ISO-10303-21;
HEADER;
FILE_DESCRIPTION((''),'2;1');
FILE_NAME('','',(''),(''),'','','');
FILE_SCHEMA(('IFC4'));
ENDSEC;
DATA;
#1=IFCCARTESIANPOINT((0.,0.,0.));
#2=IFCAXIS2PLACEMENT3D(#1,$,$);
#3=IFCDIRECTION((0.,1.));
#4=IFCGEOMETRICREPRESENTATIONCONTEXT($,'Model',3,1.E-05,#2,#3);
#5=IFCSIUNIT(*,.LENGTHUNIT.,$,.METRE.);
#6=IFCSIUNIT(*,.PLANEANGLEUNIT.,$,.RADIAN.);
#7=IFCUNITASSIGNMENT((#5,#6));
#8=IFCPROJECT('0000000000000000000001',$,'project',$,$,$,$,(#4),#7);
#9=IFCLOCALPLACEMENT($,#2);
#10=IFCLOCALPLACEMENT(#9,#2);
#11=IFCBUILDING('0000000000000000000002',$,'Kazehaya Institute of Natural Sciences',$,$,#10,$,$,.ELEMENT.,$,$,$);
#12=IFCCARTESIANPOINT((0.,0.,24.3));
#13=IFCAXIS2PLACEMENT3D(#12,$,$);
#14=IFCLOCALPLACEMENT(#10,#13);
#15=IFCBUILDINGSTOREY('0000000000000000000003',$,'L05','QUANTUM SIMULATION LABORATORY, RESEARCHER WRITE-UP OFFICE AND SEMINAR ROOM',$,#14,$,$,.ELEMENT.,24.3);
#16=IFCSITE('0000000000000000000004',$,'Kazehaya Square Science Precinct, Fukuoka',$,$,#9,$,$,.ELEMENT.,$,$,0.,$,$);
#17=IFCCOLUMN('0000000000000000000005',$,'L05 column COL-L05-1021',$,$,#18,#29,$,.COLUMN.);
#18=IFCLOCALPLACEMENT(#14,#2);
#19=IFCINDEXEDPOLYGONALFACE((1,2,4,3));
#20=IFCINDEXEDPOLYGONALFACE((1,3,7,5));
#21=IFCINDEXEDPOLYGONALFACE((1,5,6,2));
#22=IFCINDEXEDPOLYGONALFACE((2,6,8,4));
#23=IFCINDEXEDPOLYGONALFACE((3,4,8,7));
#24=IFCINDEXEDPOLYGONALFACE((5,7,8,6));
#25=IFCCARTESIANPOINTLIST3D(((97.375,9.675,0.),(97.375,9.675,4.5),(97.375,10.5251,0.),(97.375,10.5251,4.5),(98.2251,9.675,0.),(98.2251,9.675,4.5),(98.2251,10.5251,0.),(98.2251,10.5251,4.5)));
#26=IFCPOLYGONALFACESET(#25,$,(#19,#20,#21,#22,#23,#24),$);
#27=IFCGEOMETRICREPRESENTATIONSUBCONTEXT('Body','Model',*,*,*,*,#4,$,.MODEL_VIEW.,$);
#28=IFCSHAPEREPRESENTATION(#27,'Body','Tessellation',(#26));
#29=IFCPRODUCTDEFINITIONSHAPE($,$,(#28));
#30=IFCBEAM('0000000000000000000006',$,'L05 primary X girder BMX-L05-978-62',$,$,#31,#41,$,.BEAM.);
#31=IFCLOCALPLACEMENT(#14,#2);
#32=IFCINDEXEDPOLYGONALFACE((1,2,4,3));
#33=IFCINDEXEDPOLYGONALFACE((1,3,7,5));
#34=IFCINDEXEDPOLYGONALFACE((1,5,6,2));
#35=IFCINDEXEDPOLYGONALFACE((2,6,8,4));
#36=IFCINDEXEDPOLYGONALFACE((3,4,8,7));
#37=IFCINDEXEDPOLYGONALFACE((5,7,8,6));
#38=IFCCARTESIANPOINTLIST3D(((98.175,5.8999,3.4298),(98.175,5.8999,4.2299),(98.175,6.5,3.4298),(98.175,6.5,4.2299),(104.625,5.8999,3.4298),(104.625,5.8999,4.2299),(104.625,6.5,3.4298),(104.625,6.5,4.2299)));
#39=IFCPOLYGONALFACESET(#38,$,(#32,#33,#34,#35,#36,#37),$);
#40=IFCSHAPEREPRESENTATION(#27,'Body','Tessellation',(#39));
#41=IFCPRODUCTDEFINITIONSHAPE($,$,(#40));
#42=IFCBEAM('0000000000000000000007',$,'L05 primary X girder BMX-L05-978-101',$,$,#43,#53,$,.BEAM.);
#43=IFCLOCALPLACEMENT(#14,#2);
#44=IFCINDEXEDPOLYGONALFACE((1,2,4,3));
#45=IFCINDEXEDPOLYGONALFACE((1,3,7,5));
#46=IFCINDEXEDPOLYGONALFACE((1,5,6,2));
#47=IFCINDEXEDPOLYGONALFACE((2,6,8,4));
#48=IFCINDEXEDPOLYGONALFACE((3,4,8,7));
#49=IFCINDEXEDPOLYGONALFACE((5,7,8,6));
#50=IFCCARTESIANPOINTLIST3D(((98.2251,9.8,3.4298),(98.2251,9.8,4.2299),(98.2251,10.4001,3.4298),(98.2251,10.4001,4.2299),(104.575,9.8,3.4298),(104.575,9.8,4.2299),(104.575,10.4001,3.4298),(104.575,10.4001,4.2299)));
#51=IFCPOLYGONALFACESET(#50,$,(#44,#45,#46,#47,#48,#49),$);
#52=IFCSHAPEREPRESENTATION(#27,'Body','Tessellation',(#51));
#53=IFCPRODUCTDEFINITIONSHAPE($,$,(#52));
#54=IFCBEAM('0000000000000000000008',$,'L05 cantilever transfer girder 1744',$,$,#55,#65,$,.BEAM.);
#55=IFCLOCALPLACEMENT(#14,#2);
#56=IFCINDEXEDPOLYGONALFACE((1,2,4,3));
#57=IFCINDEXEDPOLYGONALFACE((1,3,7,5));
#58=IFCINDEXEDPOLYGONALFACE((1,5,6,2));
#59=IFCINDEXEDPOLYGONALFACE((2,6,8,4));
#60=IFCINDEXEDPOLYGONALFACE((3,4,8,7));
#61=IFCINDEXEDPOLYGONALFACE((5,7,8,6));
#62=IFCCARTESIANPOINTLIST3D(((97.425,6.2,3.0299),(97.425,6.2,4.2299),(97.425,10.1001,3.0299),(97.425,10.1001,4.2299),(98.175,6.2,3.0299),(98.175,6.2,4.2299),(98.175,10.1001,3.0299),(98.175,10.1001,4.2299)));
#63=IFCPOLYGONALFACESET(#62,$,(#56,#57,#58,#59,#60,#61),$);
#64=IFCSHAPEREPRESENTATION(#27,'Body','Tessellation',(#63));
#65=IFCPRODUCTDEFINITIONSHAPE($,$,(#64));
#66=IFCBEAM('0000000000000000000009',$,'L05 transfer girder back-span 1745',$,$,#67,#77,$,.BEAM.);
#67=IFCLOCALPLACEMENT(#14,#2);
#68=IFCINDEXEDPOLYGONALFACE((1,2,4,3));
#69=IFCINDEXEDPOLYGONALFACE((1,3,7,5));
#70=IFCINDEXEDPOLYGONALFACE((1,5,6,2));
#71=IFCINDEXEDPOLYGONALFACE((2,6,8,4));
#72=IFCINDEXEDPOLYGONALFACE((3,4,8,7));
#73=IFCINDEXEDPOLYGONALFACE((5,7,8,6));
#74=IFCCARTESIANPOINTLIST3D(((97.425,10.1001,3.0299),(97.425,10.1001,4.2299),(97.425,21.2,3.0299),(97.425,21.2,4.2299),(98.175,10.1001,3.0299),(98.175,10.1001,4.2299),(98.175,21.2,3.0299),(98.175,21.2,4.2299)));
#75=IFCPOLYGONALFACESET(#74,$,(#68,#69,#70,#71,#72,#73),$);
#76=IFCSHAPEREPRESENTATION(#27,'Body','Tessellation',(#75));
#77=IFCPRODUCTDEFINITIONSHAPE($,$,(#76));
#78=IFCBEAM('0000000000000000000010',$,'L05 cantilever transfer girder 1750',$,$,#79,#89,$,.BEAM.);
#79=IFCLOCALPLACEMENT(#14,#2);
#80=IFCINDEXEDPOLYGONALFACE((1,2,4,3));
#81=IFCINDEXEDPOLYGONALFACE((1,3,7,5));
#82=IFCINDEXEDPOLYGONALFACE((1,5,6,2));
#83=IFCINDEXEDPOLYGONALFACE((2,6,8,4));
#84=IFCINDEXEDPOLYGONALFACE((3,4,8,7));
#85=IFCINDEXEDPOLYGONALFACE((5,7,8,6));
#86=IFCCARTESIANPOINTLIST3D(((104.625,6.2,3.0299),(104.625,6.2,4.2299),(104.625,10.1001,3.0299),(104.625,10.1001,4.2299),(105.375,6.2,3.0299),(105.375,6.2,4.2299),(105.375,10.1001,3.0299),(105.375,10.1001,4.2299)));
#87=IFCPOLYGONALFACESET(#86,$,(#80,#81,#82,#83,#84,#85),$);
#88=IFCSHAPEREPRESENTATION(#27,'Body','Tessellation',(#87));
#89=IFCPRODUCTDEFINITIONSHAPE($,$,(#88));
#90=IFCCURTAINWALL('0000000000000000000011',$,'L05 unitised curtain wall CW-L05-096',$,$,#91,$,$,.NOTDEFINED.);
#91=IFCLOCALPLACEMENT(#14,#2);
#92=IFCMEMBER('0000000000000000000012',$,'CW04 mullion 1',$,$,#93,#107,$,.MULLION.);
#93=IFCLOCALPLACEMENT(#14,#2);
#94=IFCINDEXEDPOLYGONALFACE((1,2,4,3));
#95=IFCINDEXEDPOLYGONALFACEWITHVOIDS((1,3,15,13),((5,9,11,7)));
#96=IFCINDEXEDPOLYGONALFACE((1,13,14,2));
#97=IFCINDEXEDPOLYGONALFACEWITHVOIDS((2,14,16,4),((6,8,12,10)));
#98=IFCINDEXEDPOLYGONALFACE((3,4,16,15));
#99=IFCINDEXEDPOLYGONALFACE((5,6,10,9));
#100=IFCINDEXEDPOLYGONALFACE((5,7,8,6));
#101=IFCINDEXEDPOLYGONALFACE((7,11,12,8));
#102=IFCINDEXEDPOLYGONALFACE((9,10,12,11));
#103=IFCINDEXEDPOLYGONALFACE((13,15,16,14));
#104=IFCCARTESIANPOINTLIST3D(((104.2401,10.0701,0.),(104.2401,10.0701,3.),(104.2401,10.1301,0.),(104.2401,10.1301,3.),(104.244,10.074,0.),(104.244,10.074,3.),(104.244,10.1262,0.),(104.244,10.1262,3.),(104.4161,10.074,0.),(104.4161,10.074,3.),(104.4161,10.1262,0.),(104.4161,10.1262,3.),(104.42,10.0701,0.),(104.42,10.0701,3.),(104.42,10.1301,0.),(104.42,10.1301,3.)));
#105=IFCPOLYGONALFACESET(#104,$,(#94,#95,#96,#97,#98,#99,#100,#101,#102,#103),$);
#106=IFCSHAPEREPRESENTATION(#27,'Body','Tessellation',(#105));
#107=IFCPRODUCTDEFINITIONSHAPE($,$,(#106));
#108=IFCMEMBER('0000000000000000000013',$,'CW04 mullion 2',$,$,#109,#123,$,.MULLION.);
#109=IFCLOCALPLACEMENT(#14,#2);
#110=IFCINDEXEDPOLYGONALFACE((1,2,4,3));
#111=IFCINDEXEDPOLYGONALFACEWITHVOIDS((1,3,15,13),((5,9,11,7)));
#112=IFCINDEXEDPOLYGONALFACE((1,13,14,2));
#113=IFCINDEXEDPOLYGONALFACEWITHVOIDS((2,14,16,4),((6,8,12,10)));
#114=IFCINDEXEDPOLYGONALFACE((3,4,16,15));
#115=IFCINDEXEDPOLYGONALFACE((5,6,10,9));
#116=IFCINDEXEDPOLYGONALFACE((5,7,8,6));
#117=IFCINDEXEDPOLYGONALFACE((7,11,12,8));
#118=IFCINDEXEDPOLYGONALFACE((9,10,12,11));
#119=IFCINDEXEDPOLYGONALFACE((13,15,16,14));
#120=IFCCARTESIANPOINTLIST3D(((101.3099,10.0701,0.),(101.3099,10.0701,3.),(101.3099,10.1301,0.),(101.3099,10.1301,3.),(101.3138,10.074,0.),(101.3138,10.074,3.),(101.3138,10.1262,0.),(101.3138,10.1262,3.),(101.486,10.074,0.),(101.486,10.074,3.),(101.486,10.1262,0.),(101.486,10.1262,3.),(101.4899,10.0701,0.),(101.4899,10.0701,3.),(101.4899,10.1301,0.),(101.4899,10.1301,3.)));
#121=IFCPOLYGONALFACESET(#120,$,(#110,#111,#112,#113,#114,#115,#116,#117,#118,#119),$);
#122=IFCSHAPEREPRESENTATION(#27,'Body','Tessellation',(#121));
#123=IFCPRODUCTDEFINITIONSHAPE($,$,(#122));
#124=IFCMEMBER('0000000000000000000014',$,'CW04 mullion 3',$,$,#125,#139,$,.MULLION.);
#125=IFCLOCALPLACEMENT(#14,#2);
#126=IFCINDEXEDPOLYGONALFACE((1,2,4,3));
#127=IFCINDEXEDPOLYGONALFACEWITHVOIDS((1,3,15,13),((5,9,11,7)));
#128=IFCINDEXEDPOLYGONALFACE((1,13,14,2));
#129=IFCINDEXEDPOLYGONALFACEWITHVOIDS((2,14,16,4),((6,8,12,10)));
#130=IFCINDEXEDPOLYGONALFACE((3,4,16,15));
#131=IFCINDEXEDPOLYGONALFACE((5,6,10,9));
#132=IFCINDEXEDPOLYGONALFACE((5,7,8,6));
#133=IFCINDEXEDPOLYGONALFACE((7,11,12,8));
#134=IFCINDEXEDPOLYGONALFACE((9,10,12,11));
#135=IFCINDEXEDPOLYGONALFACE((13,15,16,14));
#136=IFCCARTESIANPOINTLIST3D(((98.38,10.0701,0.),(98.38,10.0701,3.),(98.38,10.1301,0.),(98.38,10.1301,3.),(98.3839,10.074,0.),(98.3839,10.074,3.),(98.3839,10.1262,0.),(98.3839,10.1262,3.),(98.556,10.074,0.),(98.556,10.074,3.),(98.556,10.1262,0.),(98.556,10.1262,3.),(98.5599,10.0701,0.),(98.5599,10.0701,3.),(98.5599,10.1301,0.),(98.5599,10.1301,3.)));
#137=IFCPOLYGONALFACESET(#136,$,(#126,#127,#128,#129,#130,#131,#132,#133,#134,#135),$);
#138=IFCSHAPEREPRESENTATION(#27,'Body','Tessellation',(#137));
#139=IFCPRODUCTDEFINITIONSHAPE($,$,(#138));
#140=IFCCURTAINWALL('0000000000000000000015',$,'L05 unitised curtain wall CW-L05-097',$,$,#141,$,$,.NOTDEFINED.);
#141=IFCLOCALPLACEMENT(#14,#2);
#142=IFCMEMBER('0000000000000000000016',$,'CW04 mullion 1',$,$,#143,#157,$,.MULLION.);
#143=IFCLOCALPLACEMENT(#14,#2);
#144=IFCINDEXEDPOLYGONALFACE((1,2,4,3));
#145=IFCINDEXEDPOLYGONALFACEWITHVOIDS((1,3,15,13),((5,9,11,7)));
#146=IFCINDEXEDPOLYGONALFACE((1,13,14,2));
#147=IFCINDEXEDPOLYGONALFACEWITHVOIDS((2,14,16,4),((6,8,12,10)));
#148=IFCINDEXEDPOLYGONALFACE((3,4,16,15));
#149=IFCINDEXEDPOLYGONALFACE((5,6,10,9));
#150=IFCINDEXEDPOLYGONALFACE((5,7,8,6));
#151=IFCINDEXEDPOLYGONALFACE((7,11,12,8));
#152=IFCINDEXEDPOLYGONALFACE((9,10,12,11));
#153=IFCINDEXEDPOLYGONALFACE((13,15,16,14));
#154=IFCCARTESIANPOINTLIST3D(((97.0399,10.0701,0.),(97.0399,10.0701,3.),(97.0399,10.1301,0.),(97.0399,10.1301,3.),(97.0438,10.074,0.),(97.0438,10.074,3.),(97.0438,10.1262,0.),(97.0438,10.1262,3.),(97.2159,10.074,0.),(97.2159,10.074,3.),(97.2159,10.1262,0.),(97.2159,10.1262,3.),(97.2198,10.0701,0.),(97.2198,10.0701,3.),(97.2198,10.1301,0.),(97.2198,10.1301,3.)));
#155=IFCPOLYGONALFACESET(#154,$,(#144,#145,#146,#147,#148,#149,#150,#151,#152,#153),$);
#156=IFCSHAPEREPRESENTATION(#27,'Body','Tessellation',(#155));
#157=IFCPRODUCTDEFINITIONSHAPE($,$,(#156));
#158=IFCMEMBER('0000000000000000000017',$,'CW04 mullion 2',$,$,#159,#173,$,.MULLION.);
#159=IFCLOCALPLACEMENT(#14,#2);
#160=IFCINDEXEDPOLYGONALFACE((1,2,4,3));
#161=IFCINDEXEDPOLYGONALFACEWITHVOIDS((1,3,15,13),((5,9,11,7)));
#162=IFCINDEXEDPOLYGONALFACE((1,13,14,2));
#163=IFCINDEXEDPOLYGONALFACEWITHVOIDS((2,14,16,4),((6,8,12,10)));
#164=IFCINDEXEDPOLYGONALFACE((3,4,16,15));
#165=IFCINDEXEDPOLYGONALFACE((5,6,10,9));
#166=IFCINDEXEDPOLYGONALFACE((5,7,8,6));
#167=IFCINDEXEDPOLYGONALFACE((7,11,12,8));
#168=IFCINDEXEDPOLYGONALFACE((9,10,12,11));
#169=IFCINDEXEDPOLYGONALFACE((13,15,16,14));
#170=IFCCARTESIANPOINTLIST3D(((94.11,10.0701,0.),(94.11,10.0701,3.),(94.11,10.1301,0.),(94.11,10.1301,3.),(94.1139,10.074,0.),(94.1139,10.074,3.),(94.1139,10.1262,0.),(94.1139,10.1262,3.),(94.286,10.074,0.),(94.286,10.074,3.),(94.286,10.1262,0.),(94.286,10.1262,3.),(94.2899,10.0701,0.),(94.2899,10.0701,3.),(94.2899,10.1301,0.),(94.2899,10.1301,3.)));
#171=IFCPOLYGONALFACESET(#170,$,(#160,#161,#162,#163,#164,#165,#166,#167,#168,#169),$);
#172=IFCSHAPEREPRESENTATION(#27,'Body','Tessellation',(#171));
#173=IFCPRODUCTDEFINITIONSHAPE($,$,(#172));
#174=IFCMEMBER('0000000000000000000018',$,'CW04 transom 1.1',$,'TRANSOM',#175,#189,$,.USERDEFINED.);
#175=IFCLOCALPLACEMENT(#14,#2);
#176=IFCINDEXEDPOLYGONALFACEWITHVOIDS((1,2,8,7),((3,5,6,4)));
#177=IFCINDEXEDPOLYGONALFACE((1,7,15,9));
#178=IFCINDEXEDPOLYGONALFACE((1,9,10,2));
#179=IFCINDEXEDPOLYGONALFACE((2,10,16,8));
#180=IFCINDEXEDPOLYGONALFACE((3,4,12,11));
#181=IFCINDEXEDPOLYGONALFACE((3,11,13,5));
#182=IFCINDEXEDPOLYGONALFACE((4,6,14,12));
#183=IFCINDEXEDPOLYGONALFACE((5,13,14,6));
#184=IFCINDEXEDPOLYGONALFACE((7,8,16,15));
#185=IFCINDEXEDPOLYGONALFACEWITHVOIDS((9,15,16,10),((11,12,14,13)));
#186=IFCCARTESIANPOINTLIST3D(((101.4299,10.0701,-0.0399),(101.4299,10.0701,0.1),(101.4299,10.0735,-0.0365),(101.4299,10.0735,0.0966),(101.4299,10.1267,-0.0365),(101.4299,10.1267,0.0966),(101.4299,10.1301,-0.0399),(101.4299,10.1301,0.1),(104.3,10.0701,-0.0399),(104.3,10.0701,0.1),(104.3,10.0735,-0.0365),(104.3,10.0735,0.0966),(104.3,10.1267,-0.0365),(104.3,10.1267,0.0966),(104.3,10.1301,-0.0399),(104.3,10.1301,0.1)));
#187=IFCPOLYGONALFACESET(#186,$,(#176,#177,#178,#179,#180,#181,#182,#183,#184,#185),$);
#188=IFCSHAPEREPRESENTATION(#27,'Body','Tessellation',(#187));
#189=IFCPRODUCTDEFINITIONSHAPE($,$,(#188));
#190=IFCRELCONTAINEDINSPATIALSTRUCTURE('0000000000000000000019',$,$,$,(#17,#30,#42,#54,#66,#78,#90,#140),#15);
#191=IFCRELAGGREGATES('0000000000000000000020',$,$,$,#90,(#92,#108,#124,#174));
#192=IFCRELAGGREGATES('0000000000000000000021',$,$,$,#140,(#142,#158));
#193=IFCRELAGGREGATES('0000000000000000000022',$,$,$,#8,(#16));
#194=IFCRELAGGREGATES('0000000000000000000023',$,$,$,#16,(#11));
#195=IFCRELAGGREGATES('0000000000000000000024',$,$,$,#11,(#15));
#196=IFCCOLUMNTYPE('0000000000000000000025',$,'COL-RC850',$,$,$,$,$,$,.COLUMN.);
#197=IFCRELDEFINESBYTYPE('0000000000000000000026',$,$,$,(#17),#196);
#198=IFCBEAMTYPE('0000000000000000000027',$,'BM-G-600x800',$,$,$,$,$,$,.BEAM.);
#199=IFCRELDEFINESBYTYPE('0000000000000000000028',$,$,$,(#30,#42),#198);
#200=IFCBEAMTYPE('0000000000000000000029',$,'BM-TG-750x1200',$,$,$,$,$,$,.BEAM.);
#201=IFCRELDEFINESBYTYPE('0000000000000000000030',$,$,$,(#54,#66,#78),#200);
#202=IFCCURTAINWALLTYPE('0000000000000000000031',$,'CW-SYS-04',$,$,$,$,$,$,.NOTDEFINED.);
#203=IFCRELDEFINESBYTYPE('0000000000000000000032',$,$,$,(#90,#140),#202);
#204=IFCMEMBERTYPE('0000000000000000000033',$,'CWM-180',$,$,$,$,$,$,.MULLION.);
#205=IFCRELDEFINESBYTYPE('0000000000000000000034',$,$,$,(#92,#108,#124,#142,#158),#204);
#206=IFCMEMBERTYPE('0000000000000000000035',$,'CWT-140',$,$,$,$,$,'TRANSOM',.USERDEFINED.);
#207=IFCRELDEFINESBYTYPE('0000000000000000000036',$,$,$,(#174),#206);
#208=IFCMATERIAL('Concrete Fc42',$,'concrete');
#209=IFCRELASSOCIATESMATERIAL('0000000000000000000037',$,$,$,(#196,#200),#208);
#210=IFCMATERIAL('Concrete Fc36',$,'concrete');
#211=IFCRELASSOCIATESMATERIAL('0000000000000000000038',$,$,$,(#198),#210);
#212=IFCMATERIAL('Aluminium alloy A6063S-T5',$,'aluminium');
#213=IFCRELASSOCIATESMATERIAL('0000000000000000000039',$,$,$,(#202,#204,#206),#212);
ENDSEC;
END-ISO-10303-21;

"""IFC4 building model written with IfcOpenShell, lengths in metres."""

from ifc_helpers import new_model, si_unit, direction, frame, origin, origin_2d, place, context, subcontext, project, spatial, rectangle, hollow_rectangle, extrude, material, material_profile, profile_set, type_object, element, aggregate, save


model = new_model("IFC4")

# Units and contexts
model_context = context("Model", 3, precision=1e-05, world=origin(), true_north=direction((0.0, 1.0)))
body_context = subcontext(model_context, "Body", "Model", "MODEL_VIEW")
ifc_project = project(units=[si_unit("LENGTHUNIT", "METRE"), si_unit("PLANEANGLEUNIT", "RADIAN")], contexts=[model_context])

# Site, building, storey
site_placement = place(None, origin())
site = spatial("IfcSite", under=ifc_project, at=site_placement, Name="Kazehaya Square Science Precinct, Fukuoka", CompositionType="ELEMENT", RefElevation=0.0)
building_placement = place(site_placement, origin())
building = spatial("IfcBuilding", under=site, at=building_placement, Name="Kazehaya Institute of Natural Sciences", CompositionType="ELEMENT")
storey_placement = place(building_placement, frame((0.0, 0.0, 24.3)))
storey = spatial("IfcBuildingStorey", under=building, at=storey_placement, Name="L05", Description="QUANTUM SIMULATION LABORATORY, RESEARCHER WRITE-UP OFFICE AND SEMINAR ROOM", CompositionType="ELEMENT", Elevation=24.3)

# Column
ifc_material_1 = material(Name="Concrete Fc42", Category="concrete")
ifc_material_profile_1 = material_profile(ifc_material_1, rectangle(XDim=0.8501, YDim=0.8501, at=origin_2d()), Name="RC-850x850")
ifc_profile_set_1 = profile_set([ifc_material_profile_1], Name="Concrete Fc42")
column_type = type_object("IfcColumnType", Name="COL-RC850", PredefinedType="COLUMN", material=ifc_profile_set_1)
column_placement = place(storey_placement, frame((97.8, 10.1001, 0.0), z_axis=(0.0, 0.0, 1.0), x_axis=(1.0, 0.0, 0.0)))
element("IfcColumn", 1, at=column_placement, inside=storey, type_object=column_type, Name="L05 column COL-L05-1021", PredefinedType="COLUMN", context=body_context, shape_type="SweptSolid", body=[
    extrude(rectangle(XDim=0.8501, YDim=0.8501, at=origin_2d()), origin(), (0.0, 0.0, 1.0), 4.5),
])

# Beams
ifc_material_2 = material(Name="Concrete Fc36", Category="concrete")
ifc_material_profile_2 = material_profile(ifc_material_2, rectangle(XDim=0.6001, YDim=0.8, at=origin_2d()), Name="RC-600x800")
ifc_profile_set_2 = profile_set([ifc_material_profile_2], Name="Concrete Fc36")
beam_type_1 = type_object("IfcBeamType", Name="BM-G-600x800", PredefinedType="BEAM", material=ifc_profile_set_2)
beam_1_placement = place(storey_placement, frame((98.175, 6.2, 3.8298), z_axis=(1.0, 0.0, 0.0), x_axis=(0.0, 1.0, 0.0)))
element("IfcBeam", 2, at=beam_1_placement, inside=storey, type_object=beam_type_1, Name="L05 primary X girder BMX-L05-978-62", PredefinedType="BEAM", context=body_context, shape_type="SweptSolid", body=[
    extrude(rectangle(XDim=0.6001, YDim=0.8, at=origin_2d()), origin(), (0.0, 0.0, 1.0), 6.45),
])
beam_2_placement = place(storey_placement, frame((98.2251, 10.1001, 3.8298), z_axis=(1.0, 0.0, 0.0), x_axis=(0.0, 1.0, 0.0)))
element("IfcBeam", 3, at=beam_2_placement, inside=storey, type_object=beam_type_1, Name="L05 primary X girder BMX-L05-978-101", PredefinedType="BEAM", context=body_context, shape_type="SweptSolid", body=[
    extrude(rectangle(XDim=0.6001, YDim=0.8, at=origin_2d()), origin(), (0.0, 0.0, 1.0), 6.3499),
])
ifc_material_profile_3 = material_profile(ifc_material_1, rectangle(XDim=0.75, YDim=1.2, at=origin_2d()), Name="RC-750x1200")
ifc_profile_set_3 = profile_set([ifc_material_profile_3], Name="Concrete Fc42")
beam_type_2 = type_object("IfcBeamType", Name="BM-TG-750x1200", PredefinedType="BEAM", material=ifc_profile_set_3)
beam_3_placement = place(storey_placement, frame((97.8, 6.2, 3.6299), z_axis=(0.0, 1.0, 0.0), x_axis=(-1.0, 0.0, 0.0)))
element("IfcBeam", 4, at=beam_3_placement, inside=storey, type_object=beam_type_2, Name="L05 cantilever transfer girder 1744", PredefinedType="BEAM", context=body_context, shape_type="SweptSolid", body=[
    extrude(rectangle(XDim=0.75, YDim=1.2, at=origin_2d()), origin(), (0.0, 0.0, 1.0), 3.9001),
])
beam_4_placement = place(storey_placement, frame((97.8, 10.1001, 3.6299), z_axis=(0.0, 1.0, 0.0), x_axis=(-1.0, 0.0, 0.0)))
element("IfcBeam", 5, at=beam_4_placement, inside=storey, type_object=beam_type_2, Name="L05 transfer girder back-span 1745", PredefinedType="BEAM", context=body_context, shape_type="SweptSolid", body=[
    extrude(rectangle(XDim=0.75, YDim=1.2, at=origin_2d()), origin(), (0.0, 0.0, 1.0), 11.0999),
])
beam_5_placement = place(storey_placement, frame((105.0, 6.2, 3.6299), z_axis=(0.0, 1.0, 0.0), x_axis=(-1.0, 0.0, 0.0)))
element("IfcBeam", 6, at=beam_5_placement, inside=storey, type_object=beam_type_2, Name="L05 cantilever transfer girder 1750", PredefinedType="BEAM", context=body_context, shape_type="SweptSolid", body=[
    extrude(rectangle(XDim=0.75, YDim=1.2, at=origin_2d()), origin(), (0.0, 0.0, 1.0), 3.9001),
])

# Curtain walls, members
ifc_material_3 = material(Name="Aluminium alloy A6063S-T5", Category="aluminium")
curtain_wall_type = type_object("IfcCurtainWallType", Name="CW-SYS-04", PredefinedType="NOTDEFINED", material=ifc_material_3)
curtain_wall_1_placement = place(storey_placement, origin())
curtain_wall_1 = element("IfcCurtainWall", 7, at=curtain_wall_1_placement, inside=storey, type_object=curtain_wall_type, Name="L05 unitised curtain wall CW-L05-096", PredefinedType="NOTDEFINED")
ifc_material_profile_4 = material_profile(ifc_material_3, hollow_rectangle(XDim=0.0601, YDim=0.1799, WallThickness=0.0039, at=origin_2d()), Name="ALU-60x180x4")
ifc_profile_set_4 = profile_set([ifc_material_profile_4], Name="Aluminium alloy A6063S-T5")
member_type_1 = type_object("IfcMemberType", Name="CWM-180", PredefinedType="MULLION", material=ifc_profile_set_4)
member_1_placement = place(storey_placement, frame((104.3301, 10.1001, 0.0), z_axis=(0.0, 0.0, 1.0), x_axis=(0.0, -1.0, 0.0)))
member_1 = element("IfcMember", 8, at=member_1_placement, type_object=member_type_1, Name="CW04 mullion 1", PredefinedType="MULLION", context=body_context, shape_type="SweptSolid", body=[
    extrude(hollow_rectangle(XDim=0.0601, YDim=0.1799, WallThickness=0.0039, at=origin_2d()), origin(), (0.0, 0.0, 1.0), 3.0),
])
member_2_placement = place(storey_placement, frame((101.3999, 10.1001, 0.0), z_axis=(0.0, 0.0, 1.0), x_axis=(0.0, -1.0, 0.0)))
member_2 = element("IfcMember", 9, at=member_2_placement, type_object=member_type_1, Name="CW04 mullion 2", PredefinedType="MULLION", context=body_context, shape_type="SweptSolid", body=[
    extrude(hollow_rectangle(XDim=0.0601, YDim=0.1799, WallThickness=0.0039, at=origin_2d()), origin(), (0.0, 0.0, 1.0), 3.0),
])
member_3_placement = place(storey_placement, frame((98.47, 10.1001, 0.0), z_axis=(0.0, 0.0, 1.0), x_axis=(0.0, -1.0, 0.0)))
member_3 = element("IfcMember", 10, at=member_3_placement, type_object=member_type_1, Name="CW04 mullion 3", PredefinedType="MULLION", context=body_context, shape_type="SweptSolid", body=[
    extrude(hollow_rectangle(XDim=0.0601, YDim=0.1799, WallThickness=0.0039, at=origin_2d()), origin(), (0.0, 0.0, 1.0), 3.0),
])
curtain_wall_2_placement = place(storey_placement, origin())
curtain_wall_2 = element("IfcCurtainWall", 11, at=curtain_wall_2_placement, inside=storey, type_object=curtain_wall_type, Name="L05 unitised curtain wall CW-L05-097", PredefinedType="NOTDEFINED")
member_4_placement = place(storey_placement, frame((97.1299, 10.1001, 0.0), z_axis=(0.0, 0.0, 1.0), x_axis=(0.0, -1.0, 0.0)))
member_4 = element("IfcMember", 12, at=member_4_placement, type_object=member_type_1, Name="CW04 mullion 1", PredefinedType="MULLION", context=body_context, shape_type="SweptSolid", body=[
    extrude(hollow_rectangle(XDim=0.0601, YDim=0.1799, WallThickness=0.0039, at=origin_2d()), origin(), (0.0, 0.0, 1.0), 3.0),
])
member_5_placement = place(storey_placement, frame((94.2, 10.1001, 0.0), z_axis=(0.0, 0.0, 1.0), x_axis=(0.0, -1.0, 0.0)))
member_5 = element("IfcMember", 13, at=member_5_placement, type_object=member_type_1, Name="CW04 mullion 2", PredefinedType="MULLION", context=body_context, shape_type="SweptSolid", body=[
    extrude(hollow_rectangle(XDim=0.0601, YDim=0.1799, WallThickness=0.0039, at=origin_2d()), origin(), (0.0, 0.0, 1.0), 3.0),
])

# Member
ifc_material_profile_5 = material_profile(ifc_material_3, hollow_rectangle(XDim=0.0601, YDim=0.1399, WallThickness=0.0034, at=origin_2d()), Name="ALU-60x140x3.5")
ifc_profile_set_5 = profile_set([ifc_material_profile_5], Name="Aluminium alloy A6063S-T5")
member_type_2 = type_object("IfcMemberType", Name="CWT-140", ElementType="TRANSOM", PredefinedType="USERDEFINED", material=ifc_profile_set_5)
member_6_placement = place(storey_placement, frame((104.3, 10.1001, 0.03), z_axis=(-1.0, 0.0, 0.0), x_axis=(0.0, -1.0, 0.0)))
member_6 = element("IfcMember", 14, at=member_6_placement, type_object=member_type_2, Name="CW04 transom 1.1", ObjectType="TRANSOM", PredefinedType="USERDEFINED", context=body_context, shape_type="SweptSolid", body=[
    extrude(hollow_rectangle(XDim=0.0601, YDim=0.1399, WallThickness=0.0034, at=origin_2d()), origin(), (0.0, 0.0, 1.0), 2.8701),
])

aggregate(curtain_wall_1, [member_1, member_2, member_3, member_6])
aggregate(curtain_wall_2, [member_4, member_5])

save(model, "model.ifc")
